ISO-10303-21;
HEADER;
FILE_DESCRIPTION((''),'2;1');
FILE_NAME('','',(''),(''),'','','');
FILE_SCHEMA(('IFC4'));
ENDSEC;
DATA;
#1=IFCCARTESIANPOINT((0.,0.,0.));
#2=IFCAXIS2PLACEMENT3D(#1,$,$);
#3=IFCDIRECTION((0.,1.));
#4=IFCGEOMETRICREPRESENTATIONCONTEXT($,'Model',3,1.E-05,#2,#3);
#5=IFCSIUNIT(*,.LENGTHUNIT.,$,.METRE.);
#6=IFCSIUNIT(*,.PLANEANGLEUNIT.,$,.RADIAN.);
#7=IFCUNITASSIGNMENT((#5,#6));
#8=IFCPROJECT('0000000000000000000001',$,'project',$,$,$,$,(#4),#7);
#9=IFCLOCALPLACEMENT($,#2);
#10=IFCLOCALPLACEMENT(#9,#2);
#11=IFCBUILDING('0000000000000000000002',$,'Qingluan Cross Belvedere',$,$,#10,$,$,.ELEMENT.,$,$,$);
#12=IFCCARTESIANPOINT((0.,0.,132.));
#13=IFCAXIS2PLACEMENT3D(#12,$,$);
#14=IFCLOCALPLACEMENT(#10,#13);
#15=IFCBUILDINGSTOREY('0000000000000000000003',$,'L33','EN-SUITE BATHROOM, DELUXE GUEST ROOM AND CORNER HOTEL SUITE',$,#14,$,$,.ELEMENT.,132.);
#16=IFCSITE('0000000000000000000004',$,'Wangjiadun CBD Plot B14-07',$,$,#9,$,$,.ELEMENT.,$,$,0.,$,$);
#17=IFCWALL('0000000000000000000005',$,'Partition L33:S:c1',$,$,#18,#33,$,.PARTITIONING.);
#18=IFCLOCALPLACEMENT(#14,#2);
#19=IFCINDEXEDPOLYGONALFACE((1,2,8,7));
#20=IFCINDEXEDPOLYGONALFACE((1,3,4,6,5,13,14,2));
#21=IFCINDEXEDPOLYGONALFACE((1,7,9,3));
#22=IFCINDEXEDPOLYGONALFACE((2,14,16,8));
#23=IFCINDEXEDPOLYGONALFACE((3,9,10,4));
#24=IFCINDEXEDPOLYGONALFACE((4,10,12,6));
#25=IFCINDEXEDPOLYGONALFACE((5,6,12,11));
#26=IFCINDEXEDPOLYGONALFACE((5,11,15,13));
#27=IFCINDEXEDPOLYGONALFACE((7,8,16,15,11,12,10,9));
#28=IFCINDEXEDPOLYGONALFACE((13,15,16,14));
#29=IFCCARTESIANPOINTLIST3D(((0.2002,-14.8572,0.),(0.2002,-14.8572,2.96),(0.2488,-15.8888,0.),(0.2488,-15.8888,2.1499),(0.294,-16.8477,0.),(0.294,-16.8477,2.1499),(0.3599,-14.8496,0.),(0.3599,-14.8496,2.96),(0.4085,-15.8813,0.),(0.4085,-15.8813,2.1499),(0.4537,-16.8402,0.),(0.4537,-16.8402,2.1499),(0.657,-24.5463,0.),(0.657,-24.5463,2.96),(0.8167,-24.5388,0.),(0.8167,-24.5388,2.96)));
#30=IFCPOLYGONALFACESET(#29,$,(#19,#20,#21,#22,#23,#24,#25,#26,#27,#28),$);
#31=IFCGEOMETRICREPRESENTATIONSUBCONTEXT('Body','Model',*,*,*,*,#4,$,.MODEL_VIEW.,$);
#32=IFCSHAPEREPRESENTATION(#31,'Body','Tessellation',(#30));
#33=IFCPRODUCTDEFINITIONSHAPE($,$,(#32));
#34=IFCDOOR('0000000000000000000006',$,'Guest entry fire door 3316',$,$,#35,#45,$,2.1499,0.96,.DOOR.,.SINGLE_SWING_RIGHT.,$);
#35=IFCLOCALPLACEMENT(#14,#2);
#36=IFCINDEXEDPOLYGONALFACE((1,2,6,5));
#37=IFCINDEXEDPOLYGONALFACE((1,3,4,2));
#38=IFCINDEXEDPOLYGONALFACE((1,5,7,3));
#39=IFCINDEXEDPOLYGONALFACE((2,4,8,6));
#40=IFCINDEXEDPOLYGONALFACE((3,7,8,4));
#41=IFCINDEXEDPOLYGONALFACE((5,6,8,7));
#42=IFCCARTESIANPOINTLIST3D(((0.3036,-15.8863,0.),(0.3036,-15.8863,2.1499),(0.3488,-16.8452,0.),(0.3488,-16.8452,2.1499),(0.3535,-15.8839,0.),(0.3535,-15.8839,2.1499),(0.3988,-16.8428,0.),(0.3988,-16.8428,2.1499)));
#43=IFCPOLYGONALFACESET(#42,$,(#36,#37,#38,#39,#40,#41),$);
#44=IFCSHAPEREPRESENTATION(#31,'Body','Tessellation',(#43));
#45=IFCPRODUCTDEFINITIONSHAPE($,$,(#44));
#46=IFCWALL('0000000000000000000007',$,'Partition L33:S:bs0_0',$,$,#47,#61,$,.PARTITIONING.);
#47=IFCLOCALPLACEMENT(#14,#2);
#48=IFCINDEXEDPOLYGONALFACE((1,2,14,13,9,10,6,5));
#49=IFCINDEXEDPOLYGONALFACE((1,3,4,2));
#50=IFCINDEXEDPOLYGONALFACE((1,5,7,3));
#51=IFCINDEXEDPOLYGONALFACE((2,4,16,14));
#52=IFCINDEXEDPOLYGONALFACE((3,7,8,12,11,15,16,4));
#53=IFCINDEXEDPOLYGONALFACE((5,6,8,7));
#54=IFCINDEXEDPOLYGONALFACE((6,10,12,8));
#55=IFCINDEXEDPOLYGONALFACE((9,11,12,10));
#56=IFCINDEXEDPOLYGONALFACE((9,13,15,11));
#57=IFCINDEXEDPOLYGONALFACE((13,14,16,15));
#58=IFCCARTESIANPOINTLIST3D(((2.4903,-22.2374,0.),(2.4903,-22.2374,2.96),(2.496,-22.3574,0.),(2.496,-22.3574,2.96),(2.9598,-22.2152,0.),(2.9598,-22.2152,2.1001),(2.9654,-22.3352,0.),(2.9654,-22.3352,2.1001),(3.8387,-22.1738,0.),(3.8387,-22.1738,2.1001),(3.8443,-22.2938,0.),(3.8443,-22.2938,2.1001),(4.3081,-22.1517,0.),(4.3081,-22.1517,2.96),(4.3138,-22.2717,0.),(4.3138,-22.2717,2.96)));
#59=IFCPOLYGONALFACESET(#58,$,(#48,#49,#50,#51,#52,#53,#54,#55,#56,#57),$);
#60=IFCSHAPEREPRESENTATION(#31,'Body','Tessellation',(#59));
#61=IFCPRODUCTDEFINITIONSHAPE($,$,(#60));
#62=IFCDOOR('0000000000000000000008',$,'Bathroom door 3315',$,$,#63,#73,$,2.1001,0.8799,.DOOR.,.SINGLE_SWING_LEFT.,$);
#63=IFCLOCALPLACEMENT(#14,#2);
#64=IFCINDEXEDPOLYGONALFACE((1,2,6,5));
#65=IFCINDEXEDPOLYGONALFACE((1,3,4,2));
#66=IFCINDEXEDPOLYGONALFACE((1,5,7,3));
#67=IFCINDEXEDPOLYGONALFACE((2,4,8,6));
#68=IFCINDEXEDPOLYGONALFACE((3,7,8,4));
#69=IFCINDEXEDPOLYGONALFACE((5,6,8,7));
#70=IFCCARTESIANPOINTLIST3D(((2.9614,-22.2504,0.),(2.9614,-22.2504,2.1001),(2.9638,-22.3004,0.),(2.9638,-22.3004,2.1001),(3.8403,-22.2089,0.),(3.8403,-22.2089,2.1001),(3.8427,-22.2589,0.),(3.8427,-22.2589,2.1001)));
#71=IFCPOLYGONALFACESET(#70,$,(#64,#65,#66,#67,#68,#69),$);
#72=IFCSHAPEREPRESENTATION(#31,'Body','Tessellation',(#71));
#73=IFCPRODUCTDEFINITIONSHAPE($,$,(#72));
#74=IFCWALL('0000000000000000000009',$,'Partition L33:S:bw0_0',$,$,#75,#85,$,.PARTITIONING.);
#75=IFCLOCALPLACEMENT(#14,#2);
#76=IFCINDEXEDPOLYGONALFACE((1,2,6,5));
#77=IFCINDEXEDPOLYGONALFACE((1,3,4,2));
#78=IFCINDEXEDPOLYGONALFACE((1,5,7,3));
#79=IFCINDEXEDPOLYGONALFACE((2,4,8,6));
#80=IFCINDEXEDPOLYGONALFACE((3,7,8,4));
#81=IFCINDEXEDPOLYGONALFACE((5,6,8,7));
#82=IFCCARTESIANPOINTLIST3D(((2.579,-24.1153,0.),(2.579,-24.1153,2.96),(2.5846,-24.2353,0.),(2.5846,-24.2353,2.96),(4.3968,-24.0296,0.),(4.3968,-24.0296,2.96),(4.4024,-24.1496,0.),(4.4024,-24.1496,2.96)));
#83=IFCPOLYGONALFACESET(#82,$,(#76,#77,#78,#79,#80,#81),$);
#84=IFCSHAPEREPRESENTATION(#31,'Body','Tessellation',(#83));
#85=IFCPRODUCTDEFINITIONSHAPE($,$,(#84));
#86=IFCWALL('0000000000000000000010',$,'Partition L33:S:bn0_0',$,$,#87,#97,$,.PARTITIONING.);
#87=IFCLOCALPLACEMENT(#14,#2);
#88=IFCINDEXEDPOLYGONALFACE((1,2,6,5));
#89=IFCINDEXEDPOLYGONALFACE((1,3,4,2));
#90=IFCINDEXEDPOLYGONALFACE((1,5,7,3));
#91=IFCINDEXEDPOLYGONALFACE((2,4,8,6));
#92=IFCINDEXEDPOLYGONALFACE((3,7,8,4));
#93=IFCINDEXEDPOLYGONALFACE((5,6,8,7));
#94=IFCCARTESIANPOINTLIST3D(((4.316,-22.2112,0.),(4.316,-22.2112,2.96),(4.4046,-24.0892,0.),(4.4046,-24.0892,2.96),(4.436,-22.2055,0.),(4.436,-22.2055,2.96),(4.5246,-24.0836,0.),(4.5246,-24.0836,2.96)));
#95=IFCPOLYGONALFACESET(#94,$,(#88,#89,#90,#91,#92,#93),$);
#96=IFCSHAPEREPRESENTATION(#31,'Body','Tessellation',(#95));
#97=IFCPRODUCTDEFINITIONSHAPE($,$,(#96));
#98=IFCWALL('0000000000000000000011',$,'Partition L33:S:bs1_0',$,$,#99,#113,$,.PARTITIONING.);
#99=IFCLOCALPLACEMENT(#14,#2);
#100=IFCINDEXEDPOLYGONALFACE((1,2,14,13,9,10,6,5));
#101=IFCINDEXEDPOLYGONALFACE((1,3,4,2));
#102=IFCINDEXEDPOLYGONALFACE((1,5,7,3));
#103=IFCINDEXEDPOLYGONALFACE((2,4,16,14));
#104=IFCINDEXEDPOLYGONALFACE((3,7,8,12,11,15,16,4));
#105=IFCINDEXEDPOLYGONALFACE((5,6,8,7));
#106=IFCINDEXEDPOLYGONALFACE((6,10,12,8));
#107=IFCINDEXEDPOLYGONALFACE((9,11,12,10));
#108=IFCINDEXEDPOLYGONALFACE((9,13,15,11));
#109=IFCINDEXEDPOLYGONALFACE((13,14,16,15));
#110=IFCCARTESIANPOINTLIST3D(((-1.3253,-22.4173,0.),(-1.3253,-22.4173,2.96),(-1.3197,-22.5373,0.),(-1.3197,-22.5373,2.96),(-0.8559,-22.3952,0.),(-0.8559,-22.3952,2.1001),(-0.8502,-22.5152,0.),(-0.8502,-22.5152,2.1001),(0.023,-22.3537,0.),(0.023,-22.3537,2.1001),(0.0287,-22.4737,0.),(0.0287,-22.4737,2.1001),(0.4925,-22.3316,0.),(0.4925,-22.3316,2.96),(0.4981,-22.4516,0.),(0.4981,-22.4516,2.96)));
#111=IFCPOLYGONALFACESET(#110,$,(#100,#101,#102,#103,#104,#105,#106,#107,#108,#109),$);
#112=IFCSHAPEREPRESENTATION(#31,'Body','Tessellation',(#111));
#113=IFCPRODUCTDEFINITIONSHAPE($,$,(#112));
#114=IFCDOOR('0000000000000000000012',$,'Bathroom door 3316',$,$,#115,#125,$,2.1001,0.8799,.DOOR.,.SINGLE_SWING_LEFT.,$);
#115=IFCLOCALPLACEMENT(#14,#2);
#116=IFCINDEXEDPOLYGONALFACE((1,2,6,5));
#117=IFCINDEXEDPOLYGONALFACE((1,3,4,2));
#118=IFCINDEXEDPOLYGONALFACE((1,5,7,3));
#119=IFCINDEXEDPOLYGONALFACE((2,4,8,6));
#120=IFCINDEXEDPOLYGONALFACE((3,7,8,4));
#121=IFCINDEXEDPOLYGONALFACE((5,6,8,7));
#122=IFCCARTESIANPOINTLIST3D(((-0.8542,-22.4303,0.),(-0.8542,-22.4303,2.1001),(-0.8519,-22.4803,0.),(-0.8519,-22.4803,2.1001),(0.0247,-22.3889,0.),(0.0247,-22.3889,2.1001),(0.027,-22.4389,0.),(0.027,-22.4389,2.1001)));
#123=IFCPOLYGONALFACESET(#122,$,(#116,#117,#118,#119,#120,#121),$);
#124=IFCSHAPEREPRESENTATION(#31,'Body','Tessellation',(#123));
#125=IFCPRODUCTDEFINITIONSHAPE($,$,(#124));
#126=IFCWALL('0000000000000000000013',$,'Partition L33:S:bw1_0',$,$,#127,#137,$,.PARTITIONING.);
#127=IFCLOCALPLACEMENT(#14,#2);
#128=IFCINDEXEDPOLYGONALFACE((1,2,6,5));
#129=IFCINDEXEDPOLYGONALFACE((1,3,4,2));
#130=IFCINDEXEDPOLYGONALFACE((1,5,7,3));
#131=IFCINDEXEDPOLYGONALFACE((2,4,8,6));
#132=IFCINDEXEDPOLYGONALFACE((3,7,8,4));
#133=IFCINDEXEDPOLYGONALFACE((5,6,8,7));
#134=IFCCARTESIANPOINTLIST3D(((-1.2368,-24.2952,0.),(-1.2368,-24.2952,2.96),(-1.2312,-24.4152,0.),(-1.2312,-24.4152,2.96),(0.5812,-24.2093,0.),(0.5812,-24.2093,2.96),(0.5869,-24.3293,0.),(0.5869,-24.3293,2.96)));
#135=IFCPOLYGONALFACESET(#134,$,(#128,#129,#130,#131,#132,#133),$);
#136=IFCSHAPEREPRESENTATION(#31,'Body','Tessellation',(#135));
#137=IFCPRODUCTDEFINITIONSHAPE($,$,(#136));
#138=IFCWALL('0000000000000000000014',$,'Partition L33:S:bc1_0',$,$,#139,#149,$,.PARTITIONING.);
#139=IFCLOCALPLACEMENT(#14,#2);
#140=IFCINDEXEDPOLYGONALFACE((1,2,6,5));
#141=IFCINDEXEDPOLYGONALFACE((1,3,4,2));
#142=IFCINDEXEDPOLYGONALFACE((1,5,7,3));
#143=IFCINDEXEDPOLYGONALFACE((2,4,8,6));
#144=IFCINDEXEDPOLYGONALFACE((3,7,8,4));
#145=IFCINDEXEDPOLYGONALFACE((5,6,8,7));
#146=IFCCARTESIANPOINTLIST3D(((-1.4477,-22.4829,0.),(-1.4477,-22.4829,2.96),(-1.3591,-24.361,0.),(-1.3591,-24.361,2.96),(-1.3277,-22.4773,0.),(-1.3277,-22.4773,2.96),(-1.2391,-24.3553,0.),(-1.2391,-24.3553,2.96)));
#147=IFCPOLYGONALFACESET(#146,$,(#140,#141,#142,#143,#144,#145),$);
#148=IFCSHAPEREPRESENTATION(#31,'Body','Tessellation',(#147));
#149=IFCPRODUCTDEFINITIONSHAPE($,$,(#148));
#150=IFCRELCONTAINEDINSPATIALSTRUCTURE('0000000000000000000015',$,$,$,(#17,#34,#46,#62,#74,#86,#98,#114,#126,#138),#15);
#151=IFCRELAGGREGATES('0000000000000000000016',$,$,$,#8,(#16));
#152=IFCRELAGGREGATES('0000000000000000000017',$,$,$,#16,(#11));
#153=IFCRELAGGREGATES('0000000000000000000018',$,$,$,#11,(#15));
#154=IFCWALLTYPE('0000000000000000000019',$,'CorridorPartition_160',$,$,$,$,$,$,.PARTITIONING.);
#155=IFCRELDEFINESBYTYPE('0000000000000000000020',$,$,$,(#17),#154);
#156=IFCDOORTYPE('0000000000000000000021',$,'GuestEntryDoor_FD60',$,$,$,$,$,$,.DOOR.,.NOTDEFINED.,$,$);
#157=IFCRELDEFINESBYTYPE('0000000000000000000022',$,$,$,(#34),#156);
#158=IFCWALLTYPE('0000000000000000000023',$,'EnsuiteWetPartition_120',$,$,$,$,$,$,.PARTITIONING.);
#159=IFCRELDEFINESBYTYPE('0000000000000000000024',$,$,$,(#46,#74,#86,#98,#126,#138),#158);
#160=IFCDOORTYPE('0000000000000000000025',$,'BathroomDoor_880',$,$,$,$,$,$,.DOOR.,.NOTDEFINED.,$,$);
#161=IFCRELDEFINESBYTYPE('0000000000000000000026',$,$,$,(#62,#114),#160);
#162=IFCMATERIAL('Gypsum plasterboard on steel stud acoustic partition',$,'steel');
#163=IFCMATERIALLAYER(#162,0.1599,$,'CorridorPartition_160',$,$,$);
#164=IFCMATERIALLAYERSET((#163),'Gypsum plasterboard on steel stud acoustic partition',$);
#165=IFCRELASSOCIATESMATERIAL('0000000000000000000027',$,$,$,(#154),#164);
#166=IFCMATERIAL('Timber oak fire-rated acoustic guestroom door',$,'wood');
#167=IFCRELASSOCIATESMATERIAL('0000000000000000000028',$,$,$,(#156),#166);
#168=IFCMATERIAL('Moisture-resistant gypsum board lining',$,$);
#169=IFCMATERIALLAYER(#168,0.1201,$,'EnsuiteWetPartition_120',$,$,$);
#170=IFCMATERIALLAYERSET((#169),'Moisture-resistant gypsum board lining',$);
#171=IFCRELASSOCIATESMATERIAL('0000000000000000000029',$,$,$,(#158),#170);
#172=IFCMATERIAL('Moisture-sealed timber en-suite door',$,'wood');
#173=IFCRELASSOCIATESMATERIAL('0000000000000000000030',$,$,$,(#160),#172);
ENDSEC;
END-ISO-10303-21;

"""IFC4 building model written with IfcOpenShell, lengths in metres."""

from ifc_helpers import new_model, si_unit, direction, frame, frame_2d, origin, place, context, subcontext, project, spatial, rectangle, extrude, material, layer, layer_set, type_object, element, fill, save


model = new_model("IFC4")

# Units and contexts
model_context = context("Model", 3, precision=1e-05, world=origin(), true_north=direction((0.0, 1.0)))
body_context = subcontext(model_context, "Body", "Model", "MODEL_VIEW")
ifc_project = project(units=[si_unit("LENGTHUNIT", "METRE"), si_unit("PLANEANGLEUNIT", "RADIAN")], contexts=[model_context])

# Site, building, storey
site_placement = place(None, origin())
site = spatial("IfcSite", under=ifc_project, at=site_placement, Name="Wangjiadun CBD Plot B14-07", CompositionType="ELEMENT", RefElevation=0.0)
building_placement = place(site_placement, origin())
building = spatial("IfcBuilding", under=site, at=building_placement, Name="Qingluan Cross Belvedere", CompositionType="ELEMENT")
storey_placement = place(building_placement, frame((0.0, 0.0, 132.0)))
storey = spatial("IfcBuildingStorey", under=building, at=storey_placement, Name="L33", Description="EN-SUITE BATHROOM, DELUXE GUEST ROOM AND CORNER HOTEL SUITE", CompositionType="ELEMENT", Elevation=132.0)

# Walls, openings, doors
ifc_material_1 = material(Name="Gypsum plasterboard on steel stud acoustic partition", Category="steel")
ifc_layer_1 = layer(ifc_material_1, 0.1599, Name="CorridorPartition_160")
ifc_layer_set_1 = layer_set([ifc_layer_1], Name="Gypsum plasterboard on steel stud acoustic partition")
wall_type_1 = type_object("IfcWallType", Name="CorridorPartition_160", PredefinedType="PARTITIONING", material=ifc_layer_set_1)
wall_1_placement = place(storey_placement, frame((0.28, -14.8533, 0.0), z_axis=(0.0, 0.0, 1.0), x_axis=(0.047092, -0.998891, 0.0)))
wall_1 = element("IfcWall", 1, at=wall_1_placement, inside=storey, type_object=wall_type_1, Name="Partition L33:S:c1", PredefinedType="PARTITIONING", context=body_context, shape_type="SweptSolid", body=[
    extrude(rectangle(XDim=9.7, YDim=0.1599, at=frame_2d((4.8501, 0.0))), origin(), (0.0, 0.0, 1.0), 2.96),
])
opening_1_placement = place(wall_1_placement, frame((1.033, 0.0, 0.0)))
opening_1 = element("IfcOpeningElement", 2, at=opening_1_placement, cuts=wall_1, PredefinedType="OPENING", context=body_context, shape_type="SweptSolid", body=[
    extrude(rectangle(XDim=0.96, YDim=2.1499, at=frame_2d((0.48, 1.075))), frame((0.0, 0.0898, 0.0), z_axis=(0.0, -1.0, 0.0), x_axis=(1.0, 0.0, 0.0)), (0.0, 0.0, 1.0), 0.1799),
])
ifc_material_2 = material(Name="Timber oak fire-rated acoustic guestroom door", Category="wood")
door_type_1 = type_object("IfcDoorType", Name="GuestEntryDoor_FD60", OperationType="NOTDEFINED", PredefinedType="DOOR", material=ifc_material_2)
door_1_placement = place(opening_1_placement, origin())
door_1 = element("IfcDoor", 3, at=door_1_placement, inside=storey, type_object=door_type_1, Name="Guest entry fire door 3316", OperationType="SINGLE_SWING_RIGHT", OverallHeight=2.1499, OverallWidth=0.96, PredefinedType="DOOR", context=body_context, shape_type="SweptSolid", body=[
    extrude(rectangle(XDim=0.96, YDim=2.1499, at=frame_2d((0.48, 1.075))), frame((0.0, 0.0249, 0.0), z_axis=(0.0, -1.0, 0.0), x_axis=(1.0, 0.0, 0.0)), (0.0, 0.0, 1.0), 0.05),
])
fill(opening_1, door_1)
ifc_material_3 = material(Name="Moisture-resistant gypsum board lining")
ifc_layer_2 = layer(ifc_material_3, 0.1201, Name="EnsuiteWetPartition_120")
ifc_layer_set_2 = layer_set([ifc_layer_2], Name="Moisture-resistant gypsum board lining")
wall_type_2 = type_object("IfcWallType", Name="EnsuiteWetPartition_120", PredefinedType="PARTITIONING", material=ifc_layer_set_2)
wall_2_placement = place(storey_placement, frame((2.4932, -22.2974, 0.0), z_axis=(0.0, 0.0, 1.0), x_axis=(0.998891, 0.047087, 0.0)))
wall_2 = element("IfcWall", 4, at=wall_2_placement, inside=storey, type_object=wall_type_2, Name="Partition L33:S:bs0_0", PredefinedType="PARTITIONING", context=body_context, shape_type="SweptSolid", body=[
    extrude(rectangle(XDim=1.8198, YDim=0.1201, at=frame_2d((0.9099, 0.0))), origin(), (0.0, 0.0, 1.0), 2.96),
])
opening_2_placement = place(wall_2_placement, frame((0.47, 0.0, 0.0)))
opening_2 = element("IfcOpeningElement", 5, at=opening_2_placement, cuts=wall_2, PredefinedType="OPENING", context=body_context, shape_type="SweptSolid", body=[
    extrude(rectangle(XDim=0.8799, YDim=2.1001, at=frame_2d((0.4399, 1.05))), frame((0.0, 0.0701, 0.0), z_axis=(0.0, -1.0, 0.0), x_axis=(1.0, 0.0, 0.0)), (0.0, 0.0, 1.0), 0.1401),
])
ifc_material_4 = material(Name="Moisture-sealed timber en-suite door", Category="wood")
door_type_2 = type_object("IfcDoorType", Name="BathroomDoor_880", OperationType="NOTDEFINED", PredefinedType="DOOR", material=ifc_material_4)
door_2_placement = place(opening_2_placement, origin())
door_2 = element("IfcDoor", 6, at=door_2_placement, inside=storey, type_object=door_type_2, Name="Bathroom door 3315", OperationType="SINGLE_SWING_LEFT", OverallHeight=2.1001, OverallWidth=0.8799, PredefinedType="DOOR", context=body_context, shape_type="SweptSolid", body=[
    extrude(rectangle(XDim=0.8799, YDim=2.1001, at=frame_2d((0.4399, 1.05))), frame((0.0, 0.0249, 0.0), z_axis=(0.0, -1.0, 0.0), x_axis=(1.0, 0.0, 0.0)), (0.0, 0.0, 1.0), 0.05),
])
fill(opening_2, door_2)

# Walls
wall_3_placement = place(storey_placement, frame((2.5818, -24.1753, 0.0), z_axis=(0.0, 0.0, 1.0), x_axis=(0.998891, 0.047087, 0.0)))
element("IfcWall", 7, at=wall_3_placement, inside=storey, type_object=wall_type_2, Name="Partition L33:S:bw0_0", PredefinedType="PARTITIONING", context=body_context, shape_type="SweptSolid", body=[
    extrude(rectangle(XDim=1.8198, YDim=0.1201, at=frame_2d((0.9099, 0.0))), origin(), (0.0, 0.0, 1.0), 2.96),
])
wall_4_placement = place(storey_placement, frame((4.376, -22.2085, 0.0), z_axis=(0.0, 0.0, 1.0), x_axis=(0.047139, -0.998888, 0.0)))
element("IfcWall", 8, at=wall_4_placement, inside=storey, type_object=wall_type_2, Name="Partition L33:S:bn0_0", PredefinedType="PARTITIONING", context=body_context, shape_type="SweptSolid", body=[
    extrude(rectangle(XDim=1.8801, YDim=0.1201, at=frame_2d((0.9399, 0.0))), origin(), (0.0, 0.0, 1.0), 2.96),
])

# Wall, opening, door
wall_5_placement = place(storey_placement, frame((-1.3225, -22.4773, 0.0), z_axis=(0.0, 0.0, 1.0), x_axis=(0.998891, 0.047087, 0.0)))
wall_5 = element("IfcWall", 9, at=wall_5_placement, inside=storey, type_object=wall_type_2, Name="Partition L33:S:bs1_0", PredefinedType="PARTITIONING", context=body_context, shape_type="SweptSolid", body=[
    extrude(rectangle(XDim=1.8198, YDim=0.1201, at=frame_2d((0.9099, 0.0))), origin(), (0.0, 0.0, 1.0), 2.96),
])
opening_3_placement = place(wall_5_placement, frame((0.47, 0.0, 0.0)))
opening_3 = element("IfcOpeningElement", 10, at=opening_3_placement, cuts=wall_5, PredefinedType="OPENING", context=body_context, shape_type="SweptSolid", body=[
    extrude(rectangle(XDim=0.8799, YDim=2.1001, at=frame_2d((0.4399, 1.05))), frame((0.0, 0.0701, 0.0), z_axis=(0.0, -1.0, 0.0), x_axis=(1.0, 0.0, 0.0)), (0.0, 0.0, 1.0), 0.1401),
])
door_3_placement = place(opening_3_placement, origin())
door_3 = element("IfcDoor", 11, at=door_3_placement, inside=storey, type_object=door_type_2, Name="Bathroom door 3316", OperationType="SINGLE_SWING_LEFT", OverallHeight=2.1001, OverallWidth=0.8799, PredefinedType="DOOR", context=body_context, shape_type="SweptSolid", body=[
    extrude(rectangle(XDim=0.8799, YDim=2.1001, at=frame_2d((0.4399, 1.05))), frame((0.0, 0.0249, 0.0), z_axis=(0.0, -1.0, 0.0), x_axis=(1.0, 0.0, 0.0)), (0.0, 0.0, 1.0), 0.05),
])
fill(opening_3, door_3)

# Walls
wall_6_placement = place(storey_placement, frame((-1.2341, -24.3552, 0.0), z_axis=(0.0, 0.0, 1.0), x_axis=(0.998885, 0.047215, 0.0)))
element("IfcWall", 12, at=wall_6_placement, inside=storey, type_object=wall_type_2, Name="Partition L33:S:bw1_0", PredefinedType="PARTITIONING", context=body_context, shape_type="SweptSolid", body=[
    extrude(rectangle(XDim=1.8201, YDim=0.1201, at=frame_2d((0.9102, 0.0))), origin(), (0.0, 0.0, 1.0), 2.96),
])
wall_7_placement = place(storey_placement, frame((-1.3877, -22.4802, 0.0), z_axis=(0.0, 0.0, 1.0), x_axis=(0.047139, -0.998888, 0.0)))
element("IfcWall", 13, at=wall_7_placement, inside=storey, type_object=wall_type_2, Name="Partition L33:S:bc1_0", PredefinedType="PARTITIONING", context=body_context, shape_type="SweptSolid", body=[
    extrude(rectangle(XDim=1.8801, YDim=0.1201, at=frame_2d((0.9399, 0.0))), origin(), (0.0, 0.0, 1.0), 2.96),
])

save(model, "model.ifc")
